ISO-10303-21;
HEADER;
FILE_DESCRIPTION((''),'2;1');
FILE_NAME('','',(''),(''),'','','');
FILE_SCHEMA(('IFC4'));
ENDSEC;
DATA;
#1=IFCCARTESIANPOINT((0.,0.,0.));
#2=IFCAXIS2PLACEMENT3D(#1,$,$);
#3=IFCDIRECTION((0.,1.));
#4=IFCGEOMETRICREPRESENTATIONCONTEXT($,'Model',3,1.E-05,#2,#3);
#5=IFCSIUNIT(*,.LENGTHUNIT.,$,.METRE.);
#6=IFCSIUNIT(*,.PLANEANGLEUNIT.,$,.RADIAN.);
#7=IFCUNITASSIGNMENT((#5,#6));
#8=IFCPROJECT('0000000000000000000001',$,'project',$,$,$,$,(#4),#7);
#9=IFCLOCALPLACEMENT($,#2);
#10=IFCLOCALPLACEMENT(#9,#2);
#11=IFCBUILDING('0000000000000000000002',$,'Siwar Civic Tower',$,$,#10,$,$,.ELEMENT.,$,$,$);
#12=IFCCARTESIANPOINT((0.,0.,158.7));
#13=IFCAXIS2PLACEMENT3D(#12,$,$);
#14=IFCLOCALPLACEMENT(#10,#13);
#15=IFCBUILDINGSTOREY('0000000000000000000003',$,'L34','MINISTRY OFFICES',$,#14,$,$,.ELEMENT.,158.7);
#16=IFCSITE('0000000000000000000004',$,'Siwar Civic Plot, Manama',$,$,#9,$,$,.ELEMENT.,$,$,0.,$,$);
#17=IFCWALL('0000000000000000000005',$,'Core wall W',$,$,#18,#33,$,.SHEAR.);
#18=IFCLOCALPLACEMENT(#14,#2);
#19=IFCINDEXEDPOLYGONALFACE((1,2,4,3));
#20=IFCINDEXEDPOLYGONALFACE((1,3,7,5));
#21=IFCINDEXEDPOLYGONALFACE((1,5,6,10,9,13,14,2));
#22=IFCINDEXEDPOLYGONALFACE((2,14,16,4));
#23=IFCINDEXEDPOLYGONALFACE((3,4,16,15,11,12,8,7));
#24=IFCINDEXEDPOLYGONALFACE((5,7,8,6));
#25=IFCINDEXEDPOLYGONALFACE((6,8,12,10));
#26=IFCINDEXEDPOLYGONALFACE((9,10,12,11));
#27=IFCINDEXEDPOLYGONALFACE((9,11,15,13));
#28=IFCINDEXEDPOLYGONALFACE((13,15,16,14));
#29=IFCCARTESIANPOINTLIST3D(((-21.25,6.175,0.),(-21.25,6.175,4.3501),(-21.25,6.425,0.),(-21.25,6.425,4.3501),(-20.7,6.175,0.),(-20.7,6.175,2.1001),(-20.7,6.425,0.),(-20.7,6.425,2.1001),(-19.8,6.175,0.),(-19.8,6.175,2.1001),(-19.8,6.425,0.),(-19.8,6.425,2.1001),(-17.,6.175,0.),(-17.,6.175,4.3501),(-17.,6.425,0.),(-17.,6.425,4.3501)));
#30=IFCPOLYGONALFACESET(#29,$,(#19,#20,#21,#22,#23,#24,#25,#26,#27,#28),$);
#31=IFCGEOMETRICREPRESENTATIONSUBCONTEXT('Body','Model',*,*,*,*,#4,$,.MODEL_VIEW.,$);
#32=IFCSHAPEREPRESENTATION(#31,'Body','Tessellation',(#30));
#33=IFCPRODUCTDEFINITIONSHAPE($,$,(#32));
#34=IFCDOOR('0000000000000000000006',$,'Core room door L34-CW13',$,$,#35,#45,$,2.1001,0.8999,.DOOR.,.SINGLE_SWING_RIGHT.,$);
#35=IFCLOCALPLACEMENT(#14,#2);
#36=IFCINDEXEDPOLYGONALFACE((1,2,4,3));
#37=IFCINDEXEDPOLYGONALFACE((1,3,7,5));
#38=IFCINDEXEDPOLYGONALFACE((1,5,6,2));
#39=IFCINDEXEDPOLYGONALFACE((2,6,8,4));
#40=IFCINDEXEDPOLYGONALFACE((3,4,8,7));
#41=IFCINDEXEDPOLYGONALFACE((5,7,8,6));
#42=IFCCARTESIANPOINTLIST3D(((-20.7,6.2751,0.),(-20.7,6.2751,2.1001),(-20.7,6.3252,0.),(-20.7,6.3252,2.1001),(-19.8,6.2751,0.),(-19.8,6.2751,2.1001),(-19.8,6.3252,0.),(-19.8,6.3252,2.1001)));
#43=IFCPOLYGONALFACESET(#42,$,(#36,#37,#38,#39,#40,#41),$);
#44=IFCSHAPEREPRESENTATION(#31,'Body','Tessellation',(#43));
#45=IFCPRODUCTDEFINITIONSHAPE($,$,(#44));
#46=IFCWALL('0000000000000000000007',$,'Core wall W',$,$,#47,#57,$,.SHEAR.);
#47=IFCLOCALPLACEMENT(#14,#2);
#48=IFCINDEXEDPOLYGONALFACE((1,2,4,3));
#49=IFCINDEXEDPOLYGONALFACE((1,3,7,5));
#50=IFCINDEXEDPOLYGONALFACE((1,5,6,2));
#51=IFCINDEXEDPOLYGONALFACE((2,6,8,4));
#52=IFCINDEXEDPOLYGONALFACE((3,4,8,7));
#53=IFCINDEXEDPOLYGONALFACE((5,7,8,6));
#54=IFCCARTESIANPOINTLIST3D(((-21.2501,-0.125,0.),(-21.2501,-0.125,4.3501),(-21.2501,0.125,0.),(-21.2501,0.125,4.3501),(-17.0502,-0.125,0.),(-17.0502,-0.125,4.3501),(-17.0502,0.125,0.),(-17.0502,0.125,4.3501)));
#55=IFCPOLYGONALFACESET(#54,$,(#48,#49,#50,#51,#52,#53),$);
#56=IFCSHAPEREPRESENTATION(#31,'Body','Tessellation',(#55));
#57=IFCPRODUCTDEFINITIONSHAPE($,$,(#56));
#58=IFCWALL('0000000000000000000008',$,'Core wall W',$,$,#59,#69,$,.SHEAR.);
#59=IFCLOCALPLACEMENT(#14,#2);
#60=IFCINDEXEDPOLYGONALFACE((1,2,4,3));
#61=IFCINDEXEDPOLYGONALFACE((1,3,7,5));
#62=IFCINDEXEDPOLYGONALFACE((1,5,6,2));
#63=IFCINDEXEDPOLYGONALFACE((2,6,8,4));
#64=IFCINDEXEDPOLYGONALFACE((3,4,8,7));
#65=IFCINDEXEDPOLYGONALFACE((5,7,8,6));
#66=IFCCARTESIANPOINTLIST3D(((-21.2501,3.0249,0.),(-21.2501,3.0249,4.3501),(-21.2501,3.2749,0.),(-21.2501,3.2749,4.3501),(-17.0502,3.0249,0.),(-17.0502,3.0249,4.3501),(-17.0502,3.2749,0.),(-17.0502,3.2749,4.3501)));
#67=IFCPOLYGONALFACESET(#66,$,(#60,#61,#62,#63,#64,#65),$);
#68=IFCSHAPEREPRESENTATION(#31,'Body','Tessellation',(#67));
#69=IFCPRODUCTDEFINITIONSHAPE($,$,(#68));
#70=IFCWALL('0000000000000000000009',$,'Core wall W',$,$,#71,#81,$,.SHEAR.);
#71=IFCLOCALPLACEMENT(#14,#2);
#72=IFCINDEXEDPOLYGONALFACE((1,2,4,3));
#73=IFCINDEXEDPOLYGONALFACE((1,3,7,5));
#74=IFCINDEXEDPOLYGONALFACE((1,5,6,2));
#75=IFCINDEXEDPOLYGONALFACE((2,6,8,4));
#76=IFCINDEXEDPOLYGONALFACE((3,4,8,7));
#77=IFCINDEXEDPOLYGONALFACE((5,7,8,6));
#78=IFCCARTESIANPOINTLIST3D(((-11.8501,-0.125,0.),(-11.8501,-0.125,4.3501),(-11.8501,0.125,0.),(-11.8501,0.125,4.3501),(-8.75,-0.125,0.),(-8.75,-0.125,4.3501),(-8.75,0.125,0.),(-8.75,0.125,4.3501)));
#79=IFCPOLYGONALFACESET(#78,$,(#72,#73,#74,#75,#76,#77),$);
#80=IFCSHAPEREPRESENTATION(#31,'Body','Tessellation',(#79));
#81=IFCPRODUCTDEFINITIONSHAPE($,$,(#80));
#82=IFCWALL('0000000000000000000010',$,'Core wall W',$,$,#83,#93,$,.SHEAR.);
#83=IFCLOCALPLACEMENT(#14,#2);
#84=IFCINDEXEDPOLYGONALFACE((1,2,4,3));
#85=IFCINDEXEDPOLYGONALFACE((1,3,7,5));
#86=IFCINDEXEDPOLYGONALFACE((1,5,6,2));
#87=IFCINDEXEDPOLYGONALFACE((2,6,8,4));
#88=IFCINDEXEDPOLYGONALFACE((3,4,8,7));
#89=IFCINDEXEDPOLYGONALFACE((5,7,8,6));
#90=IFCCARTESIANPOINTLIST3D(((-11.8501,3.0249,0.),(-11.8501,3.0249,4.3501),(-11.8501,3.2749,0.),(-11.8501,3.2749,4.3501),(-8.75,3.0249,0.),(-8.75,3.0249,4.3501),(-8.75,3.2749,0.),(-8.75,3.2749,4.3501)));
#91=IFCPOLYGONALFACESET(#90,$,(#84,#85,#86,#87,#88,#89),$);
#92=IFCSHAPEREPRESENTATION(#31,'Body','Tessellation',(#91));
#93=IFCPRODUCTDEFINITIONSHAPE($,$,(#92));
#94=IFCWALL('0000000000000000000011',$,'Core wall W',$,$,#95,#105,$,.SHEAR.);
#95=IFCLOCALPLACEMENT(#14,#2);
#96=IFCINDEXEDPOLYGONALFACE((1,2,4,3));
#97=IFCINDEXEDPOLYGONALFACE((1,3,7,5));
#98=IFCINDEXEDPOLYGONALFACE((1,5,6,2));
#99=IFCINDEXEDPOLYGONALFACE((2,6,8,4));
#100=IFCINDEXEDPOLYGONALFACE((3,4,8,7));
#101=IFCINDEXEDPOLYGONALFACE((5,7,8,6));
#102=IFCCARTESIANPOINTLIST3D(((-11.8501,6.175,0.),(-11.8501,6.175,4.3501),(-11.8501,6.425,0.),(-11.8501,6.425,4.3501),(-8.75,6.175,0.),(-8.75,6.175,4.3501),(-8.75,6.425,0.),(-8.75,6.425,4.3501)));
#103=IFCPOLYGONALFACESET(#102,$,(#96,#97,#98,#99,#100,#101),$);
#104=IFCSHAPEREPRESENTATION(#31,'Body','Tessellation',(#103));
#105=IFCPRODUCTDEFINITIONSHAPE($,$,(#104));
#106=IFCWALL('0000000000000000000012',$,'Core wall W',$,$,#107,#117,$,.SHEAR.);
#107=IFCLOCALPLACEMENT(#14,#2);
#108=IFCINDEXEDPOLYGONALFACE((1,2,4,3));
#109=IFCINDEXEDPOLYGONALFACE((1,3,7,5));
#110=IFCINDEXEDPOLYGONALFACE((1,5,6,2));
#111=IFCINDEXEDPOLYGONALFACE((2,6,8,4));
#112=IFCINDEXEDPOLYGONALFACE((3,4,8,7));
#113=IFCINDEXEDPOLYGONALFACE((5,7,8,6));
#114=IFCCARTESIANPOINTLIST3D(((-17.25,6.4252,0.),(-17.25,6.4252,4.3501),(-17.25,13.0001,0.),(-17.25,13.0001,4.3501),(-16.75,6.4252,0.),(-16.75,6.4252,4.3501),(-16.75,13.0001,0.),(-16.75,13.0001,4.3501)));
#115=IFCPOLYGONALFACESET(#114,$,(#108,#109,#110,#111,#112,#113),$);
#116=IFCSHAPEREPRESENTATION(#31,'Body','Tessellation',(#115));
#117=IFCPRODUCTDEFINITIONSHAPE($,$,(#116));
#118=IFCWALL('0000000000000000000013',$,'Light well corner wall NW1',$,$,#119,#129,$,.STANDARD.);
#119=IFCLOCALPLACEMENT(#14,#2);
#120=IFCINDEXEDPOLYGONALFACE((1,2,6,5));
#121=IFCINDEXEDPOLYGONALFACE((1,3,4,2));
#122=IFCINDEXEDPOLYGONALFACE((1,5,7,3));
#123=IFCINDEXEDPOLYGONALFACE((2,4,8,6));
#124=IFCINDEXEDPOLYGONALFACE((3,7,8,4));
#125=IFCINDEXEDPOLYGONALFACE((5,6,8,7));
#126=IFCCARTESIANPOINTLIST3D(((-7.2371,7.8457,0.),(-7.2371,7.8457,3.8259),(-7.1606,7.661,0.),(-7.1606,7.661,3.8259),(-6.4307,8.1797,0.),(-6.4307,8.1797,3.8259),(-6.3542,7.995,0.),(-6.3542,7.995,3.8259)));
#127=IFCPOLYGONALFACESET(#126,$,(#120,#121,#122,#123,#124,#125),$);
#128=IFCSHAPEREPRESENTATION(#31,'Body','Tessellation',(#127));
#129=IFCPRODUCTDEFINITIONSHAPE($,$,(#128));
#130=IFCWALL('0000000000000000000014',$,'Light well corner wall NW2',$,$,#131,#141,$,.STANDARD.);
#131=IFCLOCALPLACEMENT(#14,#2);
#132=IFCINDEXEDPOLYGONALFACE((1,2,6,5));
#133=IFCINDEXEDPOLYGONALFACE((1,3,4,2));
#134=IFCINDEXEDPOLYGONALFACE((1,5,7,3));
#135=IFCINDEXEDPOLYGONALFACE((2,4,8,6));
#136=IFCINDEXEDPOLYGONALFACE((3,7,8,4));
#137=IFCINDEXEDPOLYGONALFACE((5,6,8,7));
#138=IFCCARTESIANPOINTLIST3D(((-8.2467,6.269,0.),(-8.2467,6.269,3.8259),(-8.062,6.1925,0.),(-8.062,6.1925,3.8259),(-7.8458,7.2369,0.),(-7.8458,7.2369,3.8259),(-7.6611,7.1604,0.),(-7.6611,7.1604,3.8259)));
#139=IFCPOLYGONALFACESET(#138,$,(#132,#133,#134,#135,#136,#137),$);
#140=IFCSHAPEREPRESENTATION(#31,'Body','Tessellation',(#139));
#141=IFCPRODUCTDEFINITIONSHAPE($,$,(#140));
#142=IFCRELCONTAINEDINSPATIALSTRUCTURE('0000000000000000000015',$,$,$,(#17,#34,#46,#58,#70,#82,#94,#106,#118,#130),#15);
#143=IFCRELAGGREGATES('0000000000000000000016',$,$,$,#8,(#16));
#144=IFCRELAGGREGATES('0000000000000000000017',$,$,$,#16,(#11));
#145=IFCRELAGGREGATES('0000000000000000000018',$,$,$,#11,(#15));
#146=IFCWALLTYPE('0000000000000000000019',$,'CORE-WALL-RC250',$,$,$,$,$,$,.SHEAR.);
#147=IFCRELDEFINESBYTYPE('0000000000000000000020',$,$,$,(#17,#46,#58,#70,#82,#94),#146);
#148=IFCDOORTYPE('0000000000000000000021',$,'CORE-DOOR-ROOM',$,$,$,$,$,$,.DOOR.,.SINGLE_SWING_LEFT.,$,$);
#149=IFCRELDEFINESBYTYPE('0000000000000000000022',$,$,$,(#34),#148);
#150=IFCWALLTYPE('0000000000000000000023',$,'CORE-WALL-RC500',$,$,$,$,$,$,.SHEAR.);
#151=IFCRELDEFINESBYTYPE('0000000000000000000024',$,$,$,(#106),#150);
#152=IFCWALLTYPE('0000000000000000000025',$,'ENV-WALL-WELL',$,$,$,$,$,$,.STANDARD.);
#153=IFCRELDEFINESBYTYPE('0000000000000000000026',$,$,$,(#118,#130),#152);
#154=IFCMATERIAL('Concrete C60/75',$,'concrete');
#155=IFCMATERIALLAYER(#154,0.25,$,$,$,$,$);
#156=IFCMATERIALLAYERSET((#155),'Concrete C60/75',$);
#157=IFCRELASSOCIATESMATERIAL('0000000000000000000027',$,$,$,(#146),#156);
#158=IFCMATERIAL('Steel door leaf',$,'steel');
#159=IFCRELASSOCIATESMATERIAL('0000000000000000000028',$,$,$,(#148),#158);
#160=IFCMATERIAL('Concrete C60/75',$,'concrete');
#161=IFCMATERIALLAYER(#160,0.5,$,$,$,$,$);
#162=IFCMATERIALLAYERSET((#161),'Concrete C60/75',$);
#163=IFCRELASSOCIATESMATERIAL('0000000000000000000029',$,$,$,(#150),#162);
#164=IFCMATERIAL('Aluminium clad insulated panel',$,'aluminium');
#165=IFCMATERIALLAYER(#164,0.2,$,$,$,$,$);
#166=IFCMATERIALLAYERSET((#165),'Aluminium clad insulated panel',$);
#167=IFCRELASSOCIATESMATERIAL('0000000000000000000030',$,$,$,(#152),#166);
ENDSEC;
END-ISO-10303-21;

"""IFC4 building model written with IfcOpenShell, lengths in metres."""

from ifc_helpers import new_model, si_unit, direction, frame, frame_2d, origin, place, context, subcontext, project, spatial, rectangle, extrude, material, layer, layer_set, type_object, element, fill, save


model = new_model("IFC4")

# Units and contexts
model_context = context("Model", 3, precision=1e-05, world=origin(), true_north=direction((0.0, 1.0)))
body_context = subcontext(model_context, "Body", "Model", "MODEL_VIEW")
ifc_project = project(units=[si_unit("LENGTHUNIT", "METRE"), si_unit("PLANEANGLEUNIT", "RADIAN")], contexts=[model_context])

# Site, building, storey
site_placement = place(None, origin())
site = spatial("IfcSite", under=ifc_project, at=site_placement, Name="Siwar Civic Plot, Manama", CompositionType="ELEMENT", RefElevation=0.0)
building_placement = place(site_placement, origin())
building = spatial("IfcBuilding", under=site, at=building_placement, Name="Siwar Civic Tower", CompositionType="ELEMENT")
storey_placement = place(building_placement, frame((0.0, 0.0, 158.7)))
storey = spatial("IfcBuildingStorey", under=building, at=storey_placement, Name="L34", Description="MINISTRY OFFICES", CompositionType="ELEMENT", Elevation=158.7)

# Shared definitions
ifc_material_1 = material(Name="Concrete C60/75", Category="concrete")
ifc_layer_1 = layer(ifc_material_1, 0.25)
ifc_layer_set_1 = layer_set([ifc_layer_1], Name="Concrete C60/75")
wall_type_1 = type_object("IfcWallType", Name="CORE-WALL-RC250", PredefinedType="SHEAR", material=ifc_layer_set_1)

# Wall, opening, door
wall_1_placement = place(storey_placement, frame((-17.0, 6.3, 0.0), z_axis=(0.0, 0.0, 1.0), x_axis=(-1.0, 0.0, 0.0)))
wall_1 = element("IfcWall", 1, at=wall_1_placement, inside=storey, type_object=wall_type_1, Name="Core wall W", PredefinedType="SHEAR", context=body_context, shape_type="SweptSolid", body=[
    extrude(rectangle(XDim=4.25, YDim=0.25, at=frame_2d((2.125, 0.0))), origin(), (0.0, 0.0, 1.0), 4.3501),
])
opening_1_placement = place(wall_1_placement, frame((2.8, 0.0, 0.0)))
opening_1 = element("IfcOpeningElement", 2, at=opening_1_placement, cuts=wall_1, PredefinedType="OPENING", context=body_context, shape_type="SweptSolid", body=[
    extrude(rectangle(XDim=0.8999, YDim=2.1001, at=frame_2d((0.45, 1.05))), frame((0.0, 0.135, 0.0), z_axis=(0.0, -1.0, 0.0), x_axis=(1.0, 0.0, 0.0)), (0.0, 0.0, 1.0), 0.27),
])
ifc_material_2 = material(Name="Steel door leaf", Category="steel")
door_type_1 = type_object("IfcDoorType", Name="CORE-DOOR-ROOM", OperationType="SINGLE_SWING_LEFT", PredefinedType="DOOR", material=ifc_material_2)
door_1_placement = place(opening_1_placement, origin())
door_1 = element("IfcDoor", 3, at=door_1_placement, inside=storey, type_object=door_type_1, Name="Core room door L34-CW13", OperationType="SINGLE_SWING_RIGHT", OverallHeight=2.1001, OverallWidth=0.8999, PredefinedType="DOOR", context=body_context, shape_type="SweptSolid", body=[
    extrude(rectangle(XDim=0.8999, YDim=2.1001, at=frame_2d((0.45, 1.05))), frame((0.0, 0.0249, 0.0), z_axis=(0.0, -1.0, 0.0), x_axis=(1.0, 0.0, 0.0)), (0.0, 0.0, 1.0), 0.05),
])
fill(opening_1, door_1)

# Walls
for number, where, z_axis, x_axis, name in (
    (4, (-17.05, 0.0, 0.0), (0.0, 0.0, 1.0), (-1.0, 0.0, 0.0), "Core wall W"),
    (5, (-17.05, 3.1499, 0.0), (0.0, 0.0, 1.0), (-1.0, 0.0, 0.0), "Core wall W"),
):
    element("IfcWall", number, at=place(storey_placement, frame(where, z_axis=z_axis, x_axis=x_axis)), inside=storey, type_object=wall_type_1, Name=name, PredefinedType="SHEAR", context=body_context, shape_type="SweptSolid", body=[
        extrude(rectangle(XDim=4.2, YDim=0.25, at=frame_2d((2.1001, 0.0))), origin(), (0.0, 0.0, 1.0), 4.3501),
    ])
for number, where, z_axis, x_axis, name in (
    (6, (-8.75, 0.0, 0.0), (0.0, 0.0, 1.0), (-1.0, 0.0, 0.0), "Core wall W"),
    (7, (-8.75, 3.1499, 0.0), (0.0, 0.0, 1.0), (-1.0, 0.0, 0.0), "Core wall W"),
    (8, (-8.75, 6.3, 0.0), (0.0, 0.0, 1.0), (-1.0, 0.0, 0.0), "Core wall W"),
):
    element("IfcWall", number, at=place(storey_placement, frame(where, z_axis=z_axis, x_axis=x_axis)), inside=storey, type_object=wall_type_1, Name=name, PredefinedType="SHEAR", context=body_context, shape_type="SweptSolid", body=[
        extrude(rectangle(XDim=3.1001, YDim=0.25, at=frame_2d((1.55, 0.0))), origin(), (0.0, 0.0, 1.0), 4.3501),
    ])
ifc_material_3 = material(Name="Concrete C60/75", Category="concrete")
ifc_layer_2 = layer(ifc_material_3, 0.5)
ifc_layer_set_2 = layer_set([ifc_layer_2], Name="Concrete C60/75")
wall_type_2 = type_object("IfcWallType", Name="CORE-WALL-RC500", PredefinedType="SHEAR", material=ifc_layer_set_2)
wall_2_placement = place(storey_placement, frame((-17.0, 6.425, 0.0), z_axis=(0.0, 0.0, 1.0), x_axis=(0.0, 1.0, 0.0)))
element("IfcWall", 9, at=wall_2_placement, inside=storey, type_object=wall_type_2, Name="Core wall W", PredefinedType="SHEAR", context=body_context, shape_type="SweptSolid", body=[
    extrude(rectangle(XDim=6.575, YDim=0.5, at=frame_2d((3.2876, 0.0))), origin(), (0.0, 0.0, 1.0), 4.3501),
])
ifc_material_4 = material(Name="Aluminium clad insulated panel", Category="aluminium")
ifc_layer_3 = layer(ifc_material_4, 0.2)
ifc_layer_set_3 = layer_set([ifc_layer_3], Name="Aluminium clad insulated panel")
wall_type_3 = type_object("IfcWallType", Name="ENV-WALL-WELL", PredefinedType="STANDARD", material=ifc_layer_set_3)
wall_3_placement = place(storey_placement, frame((-6.3923, 8.0874, 0.0), z_axis=(0.0, 0.0, 1.0), x_axis=(-0.923894, -0.382648, 0.0)))
element("IfcWall", 10, at=wall_3_placement, inside=storey, type_object=wall_type_3, Name="Light well corner wall NW1", PredefinedType="STANDARD", context=body_context, shape_type="SweptSolid", body=[
    extrude(rectangle(XDim=0.8728, YDim=0.2, at=frame_2d((0.4365, 0.0))), origin(), (0.0, 0.0, 1.0), 3.8259),
])
wall_4_placement = place(storey_placement, frame((-7.7534, 7.1987, 0.0), z_axis=(0.0, 0.0, 1.0), x_axis=(-0.382695, -0.923875, 0.0)))
element("IfcWall", 11, at=wall_4_placement, inside=storey, type_object=wall_type_3, Name="Light well corner wall NW2", PredefinedType="STANDARD", context=body_context, shape_type="SweptSolid", body=[
    extrude(rectangle(XDim=1.0476, YDim=0.2, at=frame_2d((0.5239, 0.0))), origin(), (0.0, 0.0, 1.0), 3.8259),
])

save(model, "model.ifc")
